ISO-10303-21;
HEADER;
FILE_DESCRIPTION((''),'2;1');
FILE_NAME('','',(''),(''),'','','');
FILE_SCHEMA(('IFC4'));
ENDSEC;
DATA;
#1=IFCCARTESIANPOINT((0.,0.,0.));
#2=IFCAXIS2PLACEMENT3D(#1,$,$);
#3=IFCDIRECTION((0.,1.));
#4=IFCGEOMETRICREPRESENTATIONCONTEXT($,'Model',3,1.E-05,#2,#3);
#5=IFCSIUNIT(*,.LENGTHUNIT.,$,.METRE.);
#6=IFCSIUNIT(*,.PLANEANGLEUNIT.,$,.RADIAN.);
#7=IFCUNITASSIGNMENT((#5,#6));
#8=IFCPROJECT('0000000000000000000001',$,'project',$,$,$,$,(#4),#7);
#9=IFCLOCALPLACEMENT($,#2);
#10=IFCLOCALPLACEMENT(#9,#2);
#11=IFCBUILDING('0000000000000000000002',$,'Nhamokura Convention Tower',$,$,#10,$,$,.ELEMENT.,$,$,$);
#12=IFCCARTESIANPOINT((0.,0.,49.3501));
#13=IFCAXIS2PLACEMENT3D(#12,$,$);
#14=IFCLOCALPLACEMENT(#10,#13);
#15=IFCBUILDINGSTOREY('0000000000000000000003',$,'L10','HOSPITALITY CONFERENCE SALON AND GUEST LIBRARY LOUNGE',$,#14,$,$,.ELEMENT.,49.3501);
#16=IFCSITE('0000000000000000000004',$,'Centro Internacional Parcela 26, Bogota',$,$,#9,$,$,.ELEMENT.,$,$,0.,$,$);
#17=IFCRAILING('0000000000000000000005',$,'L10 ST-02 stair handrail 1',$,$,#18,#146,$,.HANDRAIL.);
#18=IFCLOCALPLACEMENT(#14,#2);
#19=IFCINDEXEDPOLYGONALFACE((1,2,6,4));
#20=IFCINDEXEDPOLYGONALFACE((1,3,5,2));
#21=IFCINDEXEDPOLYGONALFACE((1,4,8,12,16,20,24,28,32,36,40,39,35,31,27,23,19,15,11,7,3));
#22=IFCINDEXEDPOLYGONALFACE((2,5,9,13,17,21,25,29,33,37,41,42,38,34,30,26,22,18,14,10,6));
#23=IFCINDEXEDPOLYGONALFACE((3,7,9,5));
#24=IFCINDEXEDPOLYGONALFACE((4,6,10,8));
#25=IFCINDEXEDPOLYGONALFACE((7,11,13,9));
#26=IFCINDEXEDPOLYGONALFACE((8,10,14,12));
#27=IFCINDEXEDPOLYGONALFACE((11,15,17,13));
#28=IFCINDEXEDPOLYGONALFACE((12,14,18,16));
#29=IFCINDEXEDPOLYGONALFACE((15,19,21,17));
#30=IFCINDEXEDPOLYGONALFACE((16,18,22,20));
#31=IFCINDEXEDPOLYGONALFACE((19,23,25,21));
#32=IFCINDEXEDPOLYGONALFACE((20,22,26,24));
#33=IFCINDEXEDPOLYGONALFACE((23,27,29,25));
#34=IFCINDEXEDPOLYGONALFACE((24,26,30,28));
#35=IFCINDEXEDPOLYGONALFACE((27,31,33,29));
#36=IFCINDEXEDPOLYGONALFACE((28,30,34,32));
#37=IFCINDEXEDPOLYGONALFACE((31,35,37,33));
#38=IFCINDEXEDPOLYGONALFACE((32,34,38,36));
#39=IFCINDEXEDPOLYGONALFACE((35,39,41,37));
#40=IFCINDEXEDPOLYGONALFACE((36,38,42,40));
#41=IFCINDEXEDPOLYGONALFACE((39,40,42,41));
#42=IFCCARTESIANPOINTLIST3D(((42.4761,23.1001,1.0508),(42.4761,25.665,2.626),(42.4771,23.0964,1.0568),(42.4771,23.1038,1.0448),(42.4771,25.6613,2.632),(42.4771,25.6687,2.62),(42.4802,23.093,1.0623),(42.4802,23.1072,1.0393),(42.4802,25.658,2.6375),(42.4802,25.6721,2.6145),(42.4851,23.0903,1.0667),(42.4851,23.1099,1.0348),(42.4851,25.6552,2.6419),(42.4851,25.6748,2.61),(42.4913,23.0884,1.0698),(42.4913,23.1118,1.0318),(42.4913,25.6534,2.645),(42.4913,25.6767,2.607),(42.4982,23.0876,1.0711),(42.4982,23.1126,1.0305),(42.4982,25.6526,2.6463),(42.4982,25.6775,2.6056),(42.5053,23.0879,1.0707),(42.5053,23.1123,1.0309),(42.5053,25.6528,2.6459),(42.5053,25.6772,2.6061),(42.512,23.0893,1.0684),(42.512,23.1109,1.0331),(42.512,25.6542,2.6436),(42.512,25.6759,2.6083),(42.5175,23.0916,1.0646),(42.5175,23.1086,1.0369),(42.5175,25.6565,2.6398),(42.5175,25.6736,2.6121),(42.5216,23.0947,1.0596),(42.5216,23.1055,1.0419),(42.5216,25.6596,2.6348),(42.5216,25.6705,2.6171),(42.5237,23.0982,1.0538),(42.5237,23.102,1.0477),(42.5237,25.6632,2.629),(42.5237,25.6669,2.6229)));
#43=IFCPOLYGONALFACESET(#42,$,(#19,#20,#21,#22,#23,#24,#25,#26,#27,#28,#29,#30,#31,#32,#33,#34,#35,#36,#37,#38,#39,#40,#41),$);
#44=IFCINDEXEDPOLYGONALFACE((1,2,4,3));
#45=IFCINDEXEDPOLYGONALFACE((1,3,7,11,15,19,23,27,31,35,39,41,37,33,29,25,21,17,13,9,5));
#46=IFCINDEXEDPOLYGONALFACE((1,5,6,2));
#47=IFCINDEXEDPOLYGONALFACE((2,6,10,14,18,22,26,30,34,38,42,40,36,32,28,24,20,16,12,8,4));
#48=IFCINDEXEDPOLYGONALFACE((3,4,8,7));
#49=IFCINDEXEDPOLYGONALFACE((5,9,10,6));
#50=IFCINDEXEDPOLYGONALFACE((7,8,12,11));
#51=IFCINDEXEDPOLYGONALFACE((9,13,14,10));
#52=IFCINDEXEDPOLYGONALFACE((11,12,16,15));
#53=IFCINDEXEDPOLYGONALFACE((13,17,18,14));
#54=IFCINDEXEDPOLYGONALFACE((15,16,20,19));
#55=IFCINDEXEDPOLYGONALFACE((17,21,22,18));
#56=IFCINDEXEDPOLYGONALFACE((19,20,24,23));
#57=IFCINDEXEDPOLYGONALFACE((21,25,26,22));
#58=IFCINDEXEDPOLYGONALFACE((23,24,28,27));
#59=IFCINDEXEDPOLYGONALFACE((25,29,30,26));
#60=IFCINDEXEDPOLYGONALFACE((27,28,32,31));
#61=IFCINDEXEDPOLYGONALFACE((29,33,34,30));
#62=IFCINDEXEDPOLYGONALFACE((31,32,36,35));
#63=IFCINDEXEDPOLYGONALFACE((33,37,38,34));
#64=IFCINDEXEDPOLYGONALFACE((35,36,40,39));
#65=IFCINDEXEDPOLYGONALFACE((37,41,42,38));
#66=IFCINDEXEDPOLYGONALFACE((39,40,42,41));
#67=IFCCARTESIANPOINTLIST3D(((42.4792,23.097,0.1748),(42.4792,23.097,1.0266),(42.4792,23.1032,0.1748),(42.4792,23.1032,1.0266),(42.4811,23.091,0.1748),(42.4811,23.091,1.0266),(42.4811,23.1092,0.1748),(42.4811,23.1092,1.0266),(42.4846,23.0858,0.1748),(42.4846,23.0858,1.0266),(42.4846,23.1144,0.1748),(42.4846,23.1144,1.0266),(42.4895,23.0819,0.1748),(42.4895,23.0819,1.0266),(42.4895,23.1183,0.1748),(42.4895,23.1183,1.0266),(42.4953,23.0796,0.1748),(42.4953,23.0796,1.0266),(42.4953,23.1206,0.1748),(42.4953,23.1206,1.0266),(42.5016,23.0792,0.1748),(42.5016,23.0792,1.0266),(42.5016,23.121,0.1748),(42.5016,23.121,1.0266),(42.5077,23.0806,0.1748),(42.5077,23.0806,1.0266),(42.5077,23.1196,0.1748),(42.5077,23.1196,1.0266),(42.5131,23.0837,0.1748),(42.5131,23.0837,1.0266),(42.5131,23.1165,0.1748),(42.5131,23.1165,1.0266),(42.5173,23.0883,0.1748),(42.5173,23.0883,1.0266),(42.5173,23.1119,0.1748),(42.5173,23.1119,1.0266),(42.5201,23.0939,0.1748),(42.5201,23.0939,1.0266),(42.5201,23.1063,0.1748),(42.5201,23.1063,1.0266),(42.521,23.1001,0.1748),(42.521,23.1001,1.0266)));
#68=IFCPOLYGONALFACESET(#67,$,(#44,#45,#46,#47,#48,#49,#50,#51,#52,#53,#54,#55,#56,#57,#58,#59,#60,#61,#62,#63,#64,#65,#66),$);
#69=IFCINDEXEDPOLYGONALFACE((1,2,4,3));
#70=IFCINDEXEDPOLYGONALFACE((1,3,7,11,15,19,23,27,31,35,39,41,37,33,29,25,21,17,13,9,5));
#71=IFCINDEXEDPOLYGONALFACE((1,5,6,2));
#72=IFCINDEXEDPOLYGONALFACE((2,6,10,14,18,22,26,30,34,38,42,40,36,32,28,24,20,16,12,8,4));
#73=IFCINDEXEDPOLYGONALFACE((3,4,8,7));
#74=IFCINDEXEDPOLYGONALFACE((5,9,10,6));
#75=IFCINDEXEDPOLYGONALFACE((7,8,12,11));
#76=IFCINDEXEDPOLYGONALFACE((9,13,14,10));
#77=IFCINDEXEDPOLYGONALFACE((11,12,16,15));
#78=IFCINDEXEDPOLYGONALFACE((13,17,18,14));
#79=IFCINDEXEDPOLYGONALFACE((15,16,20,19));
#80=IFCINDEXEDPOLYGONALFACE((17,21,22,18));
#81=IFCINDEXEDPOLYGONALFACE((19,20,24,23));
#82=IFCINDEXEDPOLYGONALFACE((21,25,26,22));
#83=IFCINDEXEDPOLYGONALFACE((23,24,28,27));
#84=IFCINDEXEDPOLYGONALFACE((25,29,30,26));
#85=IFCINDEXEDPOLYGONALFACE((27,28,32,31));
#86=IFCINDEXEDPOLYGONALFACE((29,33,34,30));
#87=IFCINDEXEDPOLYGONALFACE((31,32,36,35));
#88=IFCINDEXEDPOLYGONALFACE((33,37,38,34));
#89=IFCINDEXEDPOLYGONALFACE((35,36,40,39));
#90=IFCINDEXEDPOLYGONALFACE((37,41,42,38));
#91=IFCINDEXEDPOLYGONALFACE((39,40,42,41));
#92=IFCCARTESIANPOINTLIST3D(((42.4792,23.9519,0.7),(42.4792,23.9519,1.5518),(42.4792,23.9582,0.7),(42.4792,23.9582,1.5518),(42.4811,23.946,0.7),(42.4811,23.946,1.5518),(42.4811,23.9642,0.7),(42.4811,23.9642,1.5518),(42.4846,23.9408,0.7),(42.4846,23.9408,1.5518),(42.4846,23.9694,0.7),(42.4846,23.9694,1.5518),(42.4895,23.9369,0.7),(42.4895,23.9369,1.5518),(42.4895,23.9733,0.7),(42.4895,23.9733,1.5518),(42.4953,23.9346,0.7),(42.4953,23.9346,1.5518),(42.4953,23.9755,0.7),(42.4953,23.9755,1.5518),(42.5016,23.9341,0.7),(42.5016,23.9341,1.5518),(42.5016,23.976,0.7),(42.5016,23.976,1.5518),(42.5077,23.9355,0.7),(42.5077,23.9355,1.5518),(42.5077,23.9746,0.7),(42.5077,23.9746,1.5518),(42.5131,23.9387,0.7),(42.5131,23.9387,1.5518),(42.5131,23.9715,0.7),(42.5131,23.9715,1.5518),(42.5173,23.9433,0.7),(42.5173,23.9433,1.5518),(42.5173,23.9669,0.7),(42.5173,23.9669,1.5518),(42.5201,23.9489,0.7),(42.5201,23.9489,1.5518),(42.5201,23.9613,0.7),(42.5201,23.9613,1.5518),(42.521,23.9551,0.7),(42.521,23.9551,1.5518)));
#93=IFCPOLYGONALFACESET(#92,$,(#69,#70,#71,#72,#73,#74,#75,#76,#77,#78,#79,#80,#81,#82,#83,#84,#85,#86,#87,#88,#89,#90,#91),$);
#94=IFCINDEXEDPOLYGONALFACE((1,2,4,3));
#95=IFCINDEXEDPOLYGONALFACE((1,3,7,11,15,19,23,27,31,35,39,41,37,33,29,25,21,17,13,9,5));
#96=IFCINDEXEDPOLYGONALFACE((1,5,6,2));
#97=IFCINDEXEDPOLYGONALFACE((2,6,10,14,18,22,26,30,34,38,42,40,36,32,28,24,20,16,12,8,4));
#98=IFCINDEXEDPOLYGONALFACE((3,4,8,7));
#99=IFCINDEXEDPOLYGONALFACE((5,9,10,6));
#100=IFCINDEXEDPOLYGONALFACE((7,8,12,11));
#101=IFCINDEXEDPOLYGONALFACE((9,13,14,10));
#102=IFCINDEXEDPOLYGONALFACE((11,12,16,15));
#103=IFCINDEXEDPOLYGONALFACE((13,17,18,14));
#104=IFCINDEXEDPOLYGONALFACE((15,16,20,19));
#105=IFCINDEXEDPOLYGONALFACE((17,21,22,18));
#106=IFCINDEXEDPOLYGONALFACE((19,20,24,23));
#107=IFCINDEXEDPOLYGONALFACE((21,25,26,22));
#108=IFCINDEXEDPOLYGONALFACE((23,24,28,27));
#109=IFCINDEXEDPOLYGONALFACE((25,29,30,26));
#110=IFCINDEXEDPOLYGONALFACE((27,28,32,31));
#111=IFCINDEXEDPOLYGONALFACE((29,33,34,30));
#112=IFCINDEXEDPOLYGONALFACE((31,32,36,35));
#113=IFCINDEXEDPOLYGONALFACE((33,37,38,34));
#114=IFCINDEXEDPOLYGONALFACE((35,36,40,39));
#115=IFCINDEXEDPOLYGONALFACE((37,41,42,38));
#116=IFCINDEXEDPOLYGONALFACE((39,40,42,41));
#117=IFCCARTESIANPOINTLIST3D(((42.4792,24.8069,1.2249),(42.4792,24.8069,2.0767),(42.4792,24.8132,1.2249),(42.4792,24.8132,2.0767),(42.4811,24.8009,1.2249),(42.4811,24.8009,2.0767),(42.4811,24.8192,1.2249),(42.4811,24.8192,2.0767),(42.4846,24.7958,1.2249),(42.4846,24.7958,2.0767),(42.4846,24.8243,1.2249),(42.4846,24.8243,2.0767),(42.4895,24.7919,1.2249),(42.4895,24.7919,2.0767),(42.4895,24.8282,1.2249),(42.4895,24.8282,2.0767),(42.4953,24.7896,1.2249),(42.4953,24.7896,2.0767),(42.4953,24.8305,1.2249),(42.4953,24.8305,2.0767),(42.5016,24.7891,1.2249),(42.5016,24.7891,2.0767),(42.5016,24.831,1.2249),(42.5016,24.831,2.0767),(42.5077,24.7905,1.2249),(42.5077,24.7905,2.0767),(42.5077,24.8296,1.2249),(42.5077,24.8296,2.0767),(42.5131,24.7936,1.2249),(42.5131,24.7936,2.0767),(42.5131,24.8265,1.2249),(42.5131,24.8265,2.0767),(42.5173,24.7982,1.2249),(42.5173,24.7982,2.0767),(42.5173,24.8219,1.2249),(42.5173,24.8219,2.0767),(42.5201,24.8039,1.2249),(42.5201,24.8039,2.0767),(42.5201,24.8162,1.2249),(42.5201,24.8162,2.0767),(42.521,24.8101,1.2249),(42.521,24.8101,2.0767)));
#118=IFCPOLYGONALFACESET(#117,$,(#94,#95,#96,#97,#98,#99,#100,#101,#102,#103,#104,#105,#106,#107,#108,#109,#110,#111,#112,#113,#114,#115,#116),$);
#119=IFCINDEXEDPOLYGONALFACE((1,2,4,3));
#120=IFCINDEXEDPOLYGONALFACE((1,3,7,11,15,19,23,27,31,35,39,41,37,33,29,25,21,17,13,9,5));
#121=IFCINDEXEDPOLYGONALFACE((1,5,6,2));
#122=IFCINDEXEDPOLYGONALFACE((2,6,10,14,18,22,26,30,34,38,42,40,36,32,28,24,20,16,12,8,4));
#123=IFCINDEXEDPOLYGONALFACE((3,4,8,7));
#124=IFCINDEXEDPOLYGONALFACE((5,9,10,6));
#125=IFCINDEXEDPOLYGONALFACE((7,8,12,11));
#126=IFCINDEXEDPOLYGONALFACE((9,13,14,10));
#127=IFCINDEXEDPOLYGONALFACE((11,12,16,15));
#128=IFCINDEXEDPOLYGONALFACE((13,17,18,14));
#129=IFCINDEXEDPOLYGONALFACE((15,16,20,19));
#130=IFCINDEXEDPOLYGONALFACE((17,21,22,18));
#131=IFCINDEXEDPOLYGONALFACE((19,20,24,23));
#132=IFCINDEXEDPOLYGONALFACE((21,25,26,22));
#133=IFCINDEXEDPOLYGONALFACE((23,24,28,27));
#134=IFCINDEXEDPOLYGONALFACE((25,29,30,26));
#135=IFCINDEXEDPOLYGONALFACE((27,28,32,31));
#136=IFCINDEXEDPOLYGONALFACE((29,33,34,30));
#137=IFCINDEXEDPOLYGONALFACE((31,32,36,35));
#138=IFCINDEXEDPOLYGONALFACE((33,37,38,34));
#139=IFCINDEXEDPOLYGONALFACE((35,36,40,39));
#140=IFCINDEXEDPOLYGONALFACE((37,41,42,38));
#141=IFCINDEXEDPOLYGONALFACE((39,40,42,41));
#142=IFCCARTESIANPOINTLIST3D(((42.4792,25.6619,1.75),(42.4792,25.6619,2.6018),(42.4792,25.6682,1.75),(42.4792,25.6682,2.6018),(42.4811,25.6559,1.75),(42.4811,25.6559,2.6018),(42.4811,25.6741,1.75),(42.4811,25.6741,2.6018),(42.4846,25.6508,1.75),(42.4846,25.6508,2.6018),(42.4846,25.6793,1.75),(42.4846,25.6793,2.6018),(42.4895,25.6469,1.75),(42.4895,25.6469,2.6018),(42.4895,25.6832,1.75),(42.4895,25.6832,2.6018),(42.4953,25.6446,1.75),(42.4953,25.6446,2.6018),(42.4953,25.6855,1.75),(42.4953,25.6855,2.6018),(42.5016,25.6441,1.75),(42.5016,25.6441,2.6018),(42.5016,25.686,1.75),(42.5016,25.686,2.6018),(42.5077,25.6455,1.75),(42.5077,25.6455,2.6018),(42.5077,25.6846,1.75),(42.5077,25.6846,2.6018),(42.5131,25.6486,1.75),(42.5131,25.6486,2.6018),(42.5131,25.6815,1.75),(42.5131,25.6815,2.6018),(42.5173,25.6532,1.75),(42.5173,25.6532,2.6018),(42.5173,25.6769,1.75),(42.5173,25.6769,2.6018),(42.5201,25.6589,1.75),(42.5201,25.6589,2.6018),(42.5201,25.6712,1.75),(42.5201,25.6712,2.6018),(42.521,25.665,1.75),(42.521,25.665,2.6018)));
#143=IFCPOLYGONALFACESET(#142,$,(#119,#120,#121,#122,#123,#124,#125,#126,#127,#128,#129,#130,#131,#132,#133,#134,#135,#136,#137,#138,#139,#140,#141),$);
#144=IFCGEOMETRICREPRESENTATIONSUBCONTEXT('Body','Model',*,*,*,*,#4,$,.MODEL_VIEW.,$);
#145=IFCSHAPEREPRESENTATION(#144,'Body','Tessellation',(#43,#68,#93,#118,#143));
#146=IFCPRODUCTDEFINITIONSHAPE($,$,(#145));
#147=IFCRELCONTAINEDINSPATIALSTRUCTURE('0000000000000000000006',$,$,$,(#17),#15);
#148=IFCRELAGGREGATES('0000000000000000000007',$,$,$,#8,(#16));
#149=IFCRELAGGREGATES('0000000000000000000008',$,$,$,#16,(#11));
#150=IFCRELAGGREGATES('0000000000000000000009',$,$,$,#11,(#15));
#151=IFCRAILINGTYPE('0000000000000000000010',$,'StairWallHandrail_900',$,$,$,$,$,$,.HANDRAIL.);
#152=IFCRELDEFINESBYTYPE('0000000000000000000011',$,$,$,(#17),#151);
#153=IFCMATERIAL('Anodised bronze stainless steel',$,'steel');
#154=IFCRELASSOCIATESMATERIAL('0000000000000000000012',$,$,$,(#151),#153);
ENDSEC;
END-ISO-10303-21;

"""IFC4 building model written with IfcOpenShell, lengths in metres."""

from ifc_helpers import new_model, si_unit, direction, frame, origin, origin_2d, place, context, subcontext, project, spatial, circle, extrude, material, type_object, element, save


model = new_model("IFC4")

# Units and contexts
model_context = context("Model", 3, precision=1e-05, world=origin(), true_north=direction((0.0, 1.0)))
body_context = subcontext(model_context, "Body", "Model", "MODEL_VIEW")
ifc_project = project(units=[si_unit("LENGTHUNIT", "METRE"), si_unit("PLANEANGLEUNIT", "RADIAN")], contexts=[model_context])

# Site, building, storey
site_placement = place(None, origin())
site = spatial("IfcSite", under=ifc_project, at=site_placement, Name="Centro Internacional Parcela 26, Bogota", CompositionType="ELEMENT", RefElevation=0.0)
building_placement = place(site_placement, origin())
building = spatial("IfcBuilding", under=site, at=building_placement, Name="Nhamokura Convention Tower", CompositionType="ELEMENT")
storey_placement = place(building_placement, frame((0.0, 0.0, 49.3501)))
storey = spatial("IfcBuildingStorey", under=building, at=storey_placement, Name="L10", Description="HOSPITALITY CONFERENCE SALON AND GUEST LIBRARY LOUNGE", CompositionType="ELEMENT", Elevation=49.3501)

# Railing
ifc_material_1 = material(Name="Anodised bronze stainless steel", Category="steel")
railing_type_1 = type_object("IfcRailingType", Name="StairWallHandrail_900", PredefinedType="HANDRAIL", material=ifc_material_1)
railing_1_placement = place(storey_placement, frame((42.5, 23.1001, 0.1748)))
element("IfcRailing", 1, at=railing_1_placement, inside=storey, type_object=railing_type_1, Name="L10 ST-02 stair handrail 1", PredefinedType="HANDRAIL", context=body_context, shape_type="SweptSolid", body=[
    extrude(circle(Radius=0.0239, at=origin_2d()), frame((0.0, 0.0, 0.876), z_axis=(0.0, 0.852137, 0.523319), x_axis=(-1.0, 0.0, 0.0)), (0.0, 0.0, 1.0), 3.01),
    extrude(circle(Radius=0.021, at=origin_2d()), origin(), (0.0, 0.0, 1.0), 0.8518),
    extrude(circle(Radius=0.021, at=origin_2d()), frame((0.0, 0.855, 0.5251)), (0.0, 0.0, 1.0), 0.8518),
    extrude(circle(Radius=0.021, at=origin_2d()), frame((0.0, 1.71, 1.05)), (0.0, 0.0, 1.0), 0.8518),
    extrude(circle(Radius=0.021, at=origin_2d()), frame((0.0, 2.5649, 1.5752)), (0.0, 0.0, 1.0), 0.8518),
])

save(model, "model.ifc")
